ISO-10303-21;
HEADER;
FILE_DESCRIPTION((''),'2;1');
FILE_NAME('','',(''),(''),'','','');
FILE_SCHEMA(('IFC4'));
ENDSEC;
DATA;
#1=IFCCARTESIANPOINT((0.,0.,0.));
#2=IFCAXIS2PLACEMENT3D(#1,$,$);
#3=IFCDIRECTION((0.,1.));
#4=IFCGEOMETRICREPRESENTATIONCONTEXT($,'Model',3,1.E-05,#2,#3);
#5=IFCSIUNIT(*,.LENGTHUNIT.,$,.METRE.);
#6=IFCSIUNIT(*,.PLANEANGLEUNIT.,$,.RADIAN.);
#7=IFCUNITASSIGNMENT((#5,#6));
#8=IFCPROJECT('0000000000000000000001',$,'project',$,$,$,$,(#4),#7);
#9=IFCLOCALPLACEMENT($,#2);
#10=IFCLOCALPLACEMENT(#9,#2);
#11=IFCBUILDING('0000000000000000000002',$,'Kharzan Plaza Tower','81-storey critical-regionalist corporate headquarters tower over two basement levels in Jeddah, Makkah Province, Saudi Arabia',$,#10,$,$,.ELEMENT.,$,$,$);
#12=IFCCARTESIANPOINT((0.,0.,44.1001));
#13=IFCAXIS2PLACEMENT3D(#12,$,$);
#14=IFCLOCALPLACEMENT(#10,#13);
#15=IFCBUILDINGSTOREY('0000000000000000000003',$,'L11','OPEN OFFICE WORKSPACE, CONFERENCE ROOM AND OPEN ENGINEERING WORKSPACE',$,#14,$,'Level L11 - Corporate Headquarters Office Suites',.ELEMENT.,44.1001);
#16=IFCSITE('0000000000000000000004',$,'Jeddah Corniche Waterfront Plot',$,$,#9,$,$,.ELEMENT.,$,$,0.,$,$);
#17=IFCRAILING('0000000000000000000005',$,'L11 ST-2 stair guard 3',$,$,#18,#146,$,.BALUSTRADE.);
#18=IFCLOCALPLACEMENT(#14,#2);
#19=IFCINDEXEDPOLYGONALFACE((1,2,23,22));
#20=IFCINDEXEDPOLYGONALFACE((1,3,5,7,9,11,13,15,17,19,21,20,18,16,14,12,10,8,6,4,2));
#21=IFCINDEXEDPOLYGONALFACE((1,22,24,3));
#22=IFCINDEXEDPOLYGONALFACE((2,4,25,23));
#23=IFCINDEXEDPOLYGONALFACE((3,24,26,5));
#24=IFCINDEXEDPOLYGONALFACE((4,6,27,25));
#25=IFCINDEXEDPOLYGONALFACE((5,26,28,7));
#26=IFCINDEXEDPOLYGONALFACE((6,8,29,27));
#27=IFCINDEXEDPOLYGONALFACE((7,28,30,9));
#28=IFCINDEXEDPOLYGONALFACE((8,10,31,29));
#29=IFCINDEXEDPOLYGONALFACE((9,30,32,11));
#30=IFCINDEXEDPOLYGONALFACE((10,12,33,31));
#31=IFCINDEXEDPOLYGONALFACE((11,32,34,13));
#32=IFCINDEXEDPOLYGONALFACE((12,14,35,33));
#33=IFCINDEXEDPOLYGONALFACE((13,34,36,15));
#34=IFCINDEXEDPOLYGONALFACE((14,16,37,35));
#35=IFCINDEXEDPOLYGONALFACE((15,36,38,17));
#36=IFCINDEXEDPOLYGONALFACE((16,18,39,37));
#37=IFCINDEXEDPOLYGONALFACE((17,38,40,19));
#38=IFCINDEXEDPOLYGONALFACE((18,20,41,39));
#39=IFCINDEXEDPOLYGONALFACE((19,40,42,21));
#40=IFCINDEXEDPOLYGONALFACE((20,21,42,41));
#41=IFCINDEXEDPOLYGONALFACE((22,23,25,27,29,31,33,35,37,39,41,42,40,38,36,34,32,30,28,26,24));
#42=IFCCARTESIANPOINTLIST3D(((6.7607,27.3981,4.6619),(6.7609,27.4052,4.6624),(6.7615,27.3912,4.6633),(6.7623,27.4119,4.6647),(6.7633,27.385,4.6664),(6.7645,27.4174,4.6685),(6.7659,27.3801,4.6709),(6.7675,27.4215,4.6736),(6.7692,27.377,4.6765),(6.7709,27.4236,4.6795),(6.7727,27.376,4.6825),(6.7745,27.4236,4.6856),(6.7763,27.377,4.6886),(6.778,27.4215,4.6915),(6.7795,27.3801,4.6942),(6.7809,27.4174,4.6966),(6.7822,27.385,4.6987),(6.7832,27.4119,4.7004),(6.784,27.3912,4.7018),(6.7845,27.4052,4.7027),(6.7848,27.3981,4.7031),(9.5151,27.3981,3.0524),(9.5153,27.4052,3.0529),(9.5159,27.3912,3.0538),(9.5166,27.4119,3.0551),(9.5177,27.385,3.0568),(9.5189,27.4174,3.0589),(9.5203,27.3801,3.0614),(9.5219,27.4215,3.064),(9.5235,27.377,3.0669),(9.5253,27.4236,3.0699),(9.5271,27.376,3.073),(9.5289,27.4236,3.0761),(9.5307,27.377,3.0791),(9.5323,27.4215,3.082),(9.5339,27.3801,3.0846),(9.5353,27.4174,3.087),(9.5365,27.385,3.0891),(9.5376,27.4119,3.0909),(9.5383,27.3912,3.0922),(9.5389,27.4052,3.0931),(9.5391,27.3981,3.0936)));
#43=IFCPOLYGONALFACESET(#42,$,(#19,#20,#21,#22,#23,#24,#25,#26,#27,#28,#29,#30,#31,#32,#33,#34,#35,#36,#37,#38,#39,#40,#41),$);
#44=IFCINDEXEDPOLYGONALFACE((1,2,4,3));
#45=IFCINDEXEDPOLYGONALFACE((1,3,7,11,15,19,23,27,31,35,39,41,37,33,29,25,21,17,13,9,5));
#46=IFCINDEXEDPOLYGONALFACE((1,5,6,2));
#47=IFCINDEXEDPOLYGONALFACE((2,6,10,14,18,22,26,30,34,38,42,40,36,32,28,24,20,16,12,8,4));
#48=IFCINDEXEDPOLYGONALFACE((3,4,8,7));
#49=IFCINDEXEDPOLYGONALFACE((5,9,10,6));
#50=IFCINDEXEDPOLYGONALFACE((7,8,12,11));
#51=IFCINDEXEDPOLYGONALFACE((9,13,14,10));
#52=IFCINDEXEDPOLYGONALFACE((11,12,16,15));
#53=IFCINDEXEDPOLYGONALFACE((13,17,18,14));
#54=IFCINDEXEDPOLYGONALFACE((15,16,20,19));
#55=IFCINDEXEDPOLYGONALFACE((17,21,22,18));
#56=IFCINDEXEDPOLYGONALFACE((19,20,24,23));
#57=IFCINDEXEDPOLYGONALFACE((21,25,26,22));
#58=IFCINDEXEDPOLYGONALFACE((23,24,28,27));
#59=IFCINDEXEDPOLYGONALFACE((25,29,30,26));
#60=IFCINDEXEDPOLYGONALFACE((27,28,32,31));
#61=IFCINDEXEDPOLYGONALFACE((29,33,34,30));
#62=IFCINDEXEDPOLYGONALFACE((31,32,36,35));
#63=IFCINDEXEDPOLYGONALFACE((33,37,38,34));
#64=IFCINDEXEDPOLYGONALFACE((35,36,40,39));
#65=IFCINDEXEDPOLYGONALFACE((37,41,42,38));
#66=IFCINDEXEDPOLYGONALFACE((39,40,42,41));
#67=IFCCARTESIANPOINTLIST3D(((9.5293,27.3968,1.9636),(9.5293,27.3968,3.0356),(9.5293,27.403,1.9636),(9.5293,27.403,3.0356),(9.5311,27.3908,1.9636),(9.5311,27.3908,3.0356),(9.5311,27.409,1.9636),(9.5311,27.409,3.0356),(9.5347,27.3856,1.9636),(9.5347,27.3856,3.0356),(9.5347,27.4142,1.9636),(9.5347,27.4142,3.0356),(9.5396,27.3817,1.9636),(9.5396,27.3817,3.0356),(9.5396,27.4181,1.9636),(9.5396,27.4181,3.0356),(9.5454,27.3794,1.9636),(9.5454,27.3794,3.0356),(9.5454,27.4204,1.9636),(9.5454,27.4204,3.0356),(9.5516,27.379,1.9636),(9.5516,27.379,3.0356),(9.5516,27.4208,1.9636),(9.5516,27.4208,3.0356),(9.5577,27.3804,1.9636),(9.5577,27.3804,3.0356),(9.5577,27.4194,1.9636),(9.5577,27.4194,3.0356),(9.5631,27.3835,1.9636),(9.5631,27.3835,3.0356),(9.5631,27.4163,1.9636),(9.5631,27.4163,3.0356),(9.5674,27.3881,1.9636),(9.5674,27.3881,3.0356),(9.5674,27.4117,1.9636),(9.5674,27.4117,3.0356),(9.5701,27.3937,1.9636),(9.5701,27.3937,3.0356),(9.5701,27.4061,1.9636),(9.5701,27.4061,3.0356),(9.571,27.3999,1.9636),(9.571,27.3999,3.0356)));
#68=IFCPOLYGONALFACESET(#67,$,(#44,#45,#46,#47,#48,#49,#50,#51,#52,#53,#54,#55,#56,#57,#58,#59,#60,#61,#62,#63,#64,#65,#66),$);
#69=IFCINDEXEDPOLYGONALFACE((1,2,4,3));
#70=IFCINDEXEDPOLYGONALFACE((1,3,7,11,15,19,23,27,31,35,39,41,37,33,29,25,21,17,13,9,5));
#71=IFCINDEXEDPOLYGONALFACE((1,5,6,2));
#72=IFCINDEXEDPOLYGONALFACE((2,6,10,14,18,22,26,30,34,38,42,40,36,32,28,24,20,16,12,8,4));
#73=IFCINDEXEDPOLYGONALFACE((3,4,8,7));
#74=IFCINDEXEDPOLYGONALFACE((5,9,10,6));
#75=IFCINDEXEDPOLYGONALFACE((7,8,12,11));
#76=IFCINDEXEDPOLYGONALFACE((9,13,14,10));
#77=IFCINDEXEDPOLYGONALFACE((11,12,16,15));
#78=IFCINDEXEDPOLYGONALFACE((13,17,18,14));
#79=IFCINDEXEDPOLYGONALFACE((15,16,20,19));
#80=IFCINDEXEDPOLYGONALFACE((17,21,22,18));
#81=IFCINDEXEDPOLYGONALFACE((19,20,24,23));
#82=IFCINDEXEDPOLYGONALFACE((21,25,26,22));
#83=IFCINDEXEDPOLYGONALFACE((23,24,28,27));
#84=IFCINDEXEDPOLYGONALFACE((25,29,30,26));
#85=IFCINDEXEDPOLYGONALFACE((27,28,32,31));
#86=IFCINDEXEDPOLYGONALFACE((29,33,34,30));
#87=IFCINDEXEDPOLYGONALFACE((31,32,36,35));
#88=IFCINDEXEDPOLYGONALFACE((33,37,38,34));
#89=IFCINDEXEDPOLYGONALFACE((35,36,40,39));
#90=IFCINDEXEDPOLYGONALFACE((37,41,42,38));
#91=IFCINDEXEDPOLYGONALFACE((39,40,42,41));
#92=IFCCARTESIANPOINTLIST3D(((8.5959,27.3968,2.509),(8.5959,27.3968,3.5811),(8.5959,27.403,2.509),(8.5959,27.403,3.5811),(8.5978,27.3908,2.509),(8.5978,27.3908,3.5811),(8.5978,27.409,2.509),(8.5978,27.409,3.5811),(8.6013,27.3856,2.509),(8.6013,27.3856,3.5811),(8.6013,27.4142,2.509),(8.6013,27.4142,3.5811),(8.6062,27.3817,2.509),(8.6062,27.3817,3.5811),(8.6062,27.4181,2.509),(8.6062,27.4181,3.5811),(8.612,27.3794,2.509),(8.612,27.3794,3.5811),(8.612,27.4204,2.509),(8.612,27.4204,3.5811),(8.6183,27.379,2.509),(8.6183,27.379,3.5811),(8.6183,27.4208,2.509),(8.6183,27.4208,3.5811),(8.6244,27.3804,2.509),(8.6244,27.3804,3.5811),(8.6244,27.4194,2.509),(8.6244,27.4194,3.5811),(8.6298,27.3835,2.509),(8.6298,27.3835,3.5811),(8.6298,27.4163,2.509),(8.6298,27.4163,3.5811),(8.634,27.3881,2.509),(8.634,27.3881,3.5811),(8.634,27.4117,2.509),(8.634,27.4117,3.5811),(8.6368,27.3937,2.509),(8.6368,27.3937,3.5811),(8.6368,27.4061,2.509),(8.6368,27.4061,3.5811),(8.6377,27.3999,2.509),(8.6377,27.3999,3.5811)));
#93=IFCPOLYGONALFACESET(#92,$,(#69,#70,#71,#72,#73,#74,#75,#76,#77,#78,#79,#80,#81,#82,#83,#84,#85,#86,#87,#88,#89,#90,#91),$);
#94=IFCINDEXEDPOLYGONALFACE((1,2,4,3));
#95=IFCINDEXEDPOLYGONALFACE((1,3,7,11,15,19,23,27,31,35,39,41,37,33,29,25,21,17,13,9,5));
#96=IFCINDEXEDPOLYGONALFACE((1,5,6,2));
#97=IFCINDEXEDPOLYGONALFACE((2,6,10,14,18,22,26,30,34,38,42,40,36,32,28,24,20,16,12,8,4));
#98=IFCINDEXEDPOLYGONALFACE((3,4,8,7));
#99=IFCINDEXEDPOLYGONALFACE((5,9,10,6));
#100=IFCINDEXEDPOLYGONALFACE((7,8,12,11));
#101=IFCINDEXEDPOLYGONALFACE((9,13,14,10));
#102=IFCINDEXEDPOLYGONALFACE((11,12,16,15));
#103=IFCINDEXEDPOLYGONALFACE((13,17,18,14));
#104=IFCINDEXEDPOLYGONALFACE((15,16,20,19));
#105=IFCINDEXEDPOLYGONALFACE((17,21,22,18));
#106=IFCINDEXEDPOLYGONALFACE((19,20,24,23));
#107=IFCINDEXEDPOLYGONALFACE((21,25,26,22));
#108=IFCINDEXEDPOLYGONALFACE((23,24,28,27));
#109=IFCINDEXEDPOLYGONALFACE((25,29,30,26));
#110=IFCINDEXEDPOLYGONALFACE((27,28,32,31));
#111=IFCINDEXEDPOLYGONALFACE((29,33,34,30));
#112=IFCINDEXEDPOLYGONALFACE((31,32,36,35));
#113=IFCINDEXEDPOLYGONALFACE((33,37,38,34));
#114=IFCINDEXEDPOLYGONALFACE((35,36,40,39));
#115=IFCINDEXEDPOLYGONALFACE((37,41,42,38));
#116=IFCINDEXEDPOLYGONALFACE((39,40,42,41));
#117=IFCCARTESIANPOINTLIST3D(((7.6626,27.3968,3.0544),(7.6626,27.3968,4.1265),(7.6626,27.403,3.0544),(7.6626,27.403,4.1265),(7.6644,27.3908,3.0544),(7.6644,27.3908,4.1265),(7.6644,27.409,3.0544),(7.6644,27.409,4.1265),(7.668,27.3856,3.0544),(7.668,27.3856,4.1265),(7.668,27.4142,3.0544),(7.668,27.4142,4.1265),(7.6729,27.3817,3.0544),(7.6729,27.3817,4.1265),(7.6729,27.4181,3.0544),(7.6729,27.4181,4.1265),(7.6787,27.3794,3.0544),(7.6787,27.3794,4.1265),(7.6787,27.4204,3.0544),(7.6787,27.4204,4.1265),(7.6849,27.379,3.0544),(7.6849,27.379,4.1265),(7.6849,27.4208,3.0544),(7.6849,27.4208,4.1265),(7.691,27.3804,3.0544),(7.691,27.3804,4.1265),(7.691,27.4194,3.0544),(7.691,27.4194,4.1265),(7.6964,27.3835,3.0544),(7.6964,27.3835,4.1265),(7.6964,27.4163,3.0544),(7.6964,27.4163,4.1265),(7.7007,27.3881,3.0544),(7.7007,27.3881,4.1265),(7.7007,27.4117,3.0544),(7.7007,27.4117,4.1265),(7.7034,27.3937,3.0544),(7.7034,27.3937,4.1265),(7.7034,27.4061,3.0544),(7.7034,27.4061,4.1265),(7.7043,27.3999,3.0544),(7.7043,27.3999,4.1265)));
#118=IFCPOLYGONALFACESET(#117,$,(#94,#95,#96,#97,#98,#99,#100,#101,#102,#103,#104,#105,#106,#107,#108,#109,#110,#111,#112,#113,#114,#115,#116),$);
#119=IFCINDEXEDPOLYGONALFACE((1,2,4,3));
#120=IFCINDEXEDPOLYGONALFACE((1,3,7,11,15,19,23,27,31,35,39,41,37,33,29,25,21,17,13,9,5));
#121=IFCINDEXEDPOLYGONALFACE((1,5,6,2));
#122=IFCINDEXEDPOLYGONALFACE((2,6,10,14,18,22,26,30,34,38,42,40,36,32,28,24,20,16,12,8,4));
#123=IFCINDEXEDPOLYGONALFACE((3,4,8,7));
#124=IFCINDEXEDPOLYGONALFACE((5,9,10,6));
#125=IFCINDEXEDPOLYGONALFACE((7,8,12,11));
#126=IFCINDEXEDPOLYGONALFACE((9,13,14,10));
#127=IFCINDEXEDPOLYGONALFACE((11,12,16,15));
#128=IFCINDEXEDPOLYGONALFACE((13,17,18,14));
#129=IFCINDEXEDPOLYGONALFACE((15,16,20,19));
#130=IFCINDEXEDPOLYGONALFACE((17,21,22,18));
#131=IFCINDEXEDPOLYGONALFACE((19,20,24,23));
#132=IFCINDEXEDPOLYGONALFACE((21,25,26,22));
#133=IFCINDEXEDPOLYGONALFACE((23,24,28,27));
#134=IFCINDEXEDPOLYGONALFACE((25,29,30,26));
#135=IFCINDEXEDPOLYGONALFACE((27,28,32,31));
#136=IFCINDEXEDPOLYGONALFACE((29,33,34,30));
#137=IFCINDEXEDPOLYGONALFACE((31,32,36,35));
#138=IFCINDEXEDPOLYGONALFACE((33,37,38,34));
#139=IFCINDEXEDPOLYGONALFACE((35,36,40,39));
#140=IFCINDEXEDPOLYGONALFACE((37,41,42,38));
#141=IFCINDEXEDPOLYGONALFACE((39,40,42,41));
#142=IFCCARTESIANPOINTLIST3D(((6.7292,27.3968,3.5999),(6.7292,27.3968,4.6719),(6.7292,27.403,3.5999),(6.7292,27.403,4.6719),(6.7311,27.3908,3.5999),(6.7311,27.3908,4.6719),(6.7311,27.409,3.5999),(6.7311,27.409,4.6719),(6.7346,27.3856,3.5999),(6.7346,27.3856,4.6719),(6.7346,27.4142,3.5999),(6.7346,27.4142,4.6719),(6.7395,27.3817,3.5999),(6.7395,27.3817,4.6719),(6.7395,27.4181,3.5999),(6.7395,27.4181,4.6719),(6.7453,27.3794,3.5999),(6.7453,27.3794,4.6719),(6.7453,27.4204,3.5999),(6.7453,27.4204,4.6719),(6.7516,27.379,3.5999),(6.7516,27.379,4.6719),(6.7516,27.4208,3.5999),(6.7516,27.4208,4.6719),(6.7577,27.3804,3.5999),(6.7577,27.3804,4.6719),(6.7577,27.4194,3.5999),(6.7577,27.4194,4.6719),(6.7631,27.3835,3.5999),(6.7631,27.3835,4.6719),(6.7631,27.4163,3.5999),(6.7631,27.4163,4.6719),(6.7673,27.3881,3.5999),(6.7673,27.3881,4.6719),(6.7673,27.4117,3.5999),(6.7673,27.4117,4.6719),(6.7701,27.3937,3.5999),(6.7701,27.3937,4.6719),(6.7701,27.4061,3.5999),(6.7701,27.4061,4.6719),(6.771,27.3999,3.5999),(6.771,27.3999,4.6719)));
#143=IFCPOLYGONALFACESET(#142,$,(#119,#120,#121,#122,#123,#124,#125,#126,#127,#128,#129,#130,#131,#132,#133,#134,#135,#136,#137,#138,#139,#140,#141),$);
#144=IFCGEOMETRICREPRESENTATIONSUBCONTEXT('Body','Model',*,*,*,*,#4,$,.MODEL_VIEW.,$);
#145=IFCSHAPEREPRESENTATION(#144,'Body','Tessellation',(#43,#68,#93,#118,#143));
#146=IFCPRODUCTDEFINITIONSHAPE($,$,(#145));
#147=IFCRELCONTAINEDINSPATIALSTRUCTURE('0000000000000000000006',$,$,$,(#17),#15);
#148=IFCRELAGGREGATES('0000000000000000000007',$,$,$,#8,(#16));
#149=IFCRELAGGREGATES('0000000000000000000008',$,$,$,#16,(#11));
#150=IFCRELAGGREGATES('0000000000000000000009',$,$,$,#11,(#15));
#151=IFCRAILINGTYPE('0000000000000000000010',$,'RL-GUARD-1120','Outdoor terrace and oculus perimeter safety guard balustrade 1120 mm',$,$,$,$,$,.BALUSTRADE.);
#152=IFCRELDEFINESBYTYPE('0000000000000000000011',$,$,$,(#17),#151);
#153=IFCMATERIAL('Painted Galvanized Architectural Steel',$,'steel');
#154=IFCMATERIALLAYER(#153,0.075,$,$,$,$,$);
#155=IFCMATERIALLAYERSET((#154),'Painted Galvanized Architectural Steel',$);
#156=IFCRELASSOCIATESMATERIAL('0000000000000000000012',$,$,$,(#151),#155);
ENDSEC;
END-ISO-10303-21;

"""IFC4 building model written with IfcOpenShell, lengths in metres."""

from ifc_helpers import new_model, si_unit, direction, frame, origin, origin_2d, place, context, subcontext, project, spatial, circle, extrude, source, transform, mapped, material, layer, layer_set, type_object, element, save


model = new_model("IFC4")

# Units and contexts
model_context = context("Model", 3, precision=1e-05, world=origin(), true_north=direction((0.0, 1.0)))
body_context = subcontext(model_context, "Body", "Model", "MODEL_VIEW")
ifc_project = project(units=[si_unit("LENGTHUNIT", "METRE"), si_unit("PLANEANGLEUNIT", "RADIAN")], contexts=[model_context])

# Site, building, storey
site_placement = place(None, origin())
site = spatial("IfcSite", under=ifc_project, at=site_placement, Name="Jeddah Corniche Waterfront Plot", CompositionType="ELEMENT", RefElevation=0.0)
building_placement = place(site_placement, origin())
building = spatial("IfcBuilding", under=site, at=building_placement, Name="Kharzan Plaza Tower", Description="81-storey critical-regionalist corporate headquarters tower over two basement levels in Jeddah, Makkah Province, Saudi Arabia", CompositionType="ELEMENT")
storey_placement = place(building_placement, frame((0.0, 0.0, 44.1001)))
storey = spatial("IfcBuildingStorey", under=building, at=storey_placement, Name="L11", Description="OPEN OFFICE WORKSPACE, CONFERENCE ROOM AND OPEN ENGINEERING WORKSPACE", LongName="Level L11 - Corporate Headquarters Office Suites", CompositionType="ELEMENT", Elevation=44.1001)

# Railing
ifc_material_1 = material(Name="Painted Galvanized Architectural Steel", Category="steel")
ifc_layer_1 = layer(ifc_material_1, 0.075)
ifc_layer_set_1 = layer_set([ifc_layer_1], Name="Painted Galvanized Architectural Steel")
railing_type_1 = type_object("IfcRailingType", Name="RL-GUARD-1120", Description="Outdoor terrace and oculus perimeter safety guard balustrade 1120 mm", PredefinedType="BALUSTRADE", material=ifc_layer_set_1)
shared_shape_1 = source(origin(), body_context, "Body", "SweptSolid", [
    extrude(circle(Radius=0.0239, at=origin_2d()), frame((-0.0229, 0.0, 1.1094), z_axis=(-0.863394, 0.0, 0.504531), x_axis=(0.0, -1.0, 0.0)), (0.0, 0.0, 1.0), 3.1902),
    extrude(circle(Radius=0.021, at=origin_2d()), origin(), (0.0, 0.0, 1.0), 1.072),
    extrude(circle(Radius=0.021, at=origin_2d()), frame((-0.9333, 0.0, 0.5454)), (0.0, 0.0, 1.0), 1.072),
    extrude(circle(Radius=0.021, at=origin_2d()), frame((-1.8667, 0.0, 1.0908)), (0.0, 0.0, 1.0), 1.072),
    extrude(circle(Radius=0.021, at=origin_2d()), frame((-2.8, 0.0, 1.6362)), (0.0, 0.0, 1.0), 1.072),
])
railing_1_placement = place(storey_placement, frame((9.55, 27.3999, 1.9636)))
element("IfcRailing", 1, at=railing_1_placement, inside=storey, type_object=railing_type_1, Name="L11 ST-2 stair guard 3", PredefinedType="BALUSTRADE", context=body_context, shape_type="MappedRepresentation", body=[
    mapped(shared_shape_1, transform((0.0, 0.0, 0.0), x_axis=(1.0, 0.0, 0.0), y_axis=(0.0, 1.0, 0.0), z_axis=(0.0, 0.0, 1.0))),
])

save(model, "model.ifc")
